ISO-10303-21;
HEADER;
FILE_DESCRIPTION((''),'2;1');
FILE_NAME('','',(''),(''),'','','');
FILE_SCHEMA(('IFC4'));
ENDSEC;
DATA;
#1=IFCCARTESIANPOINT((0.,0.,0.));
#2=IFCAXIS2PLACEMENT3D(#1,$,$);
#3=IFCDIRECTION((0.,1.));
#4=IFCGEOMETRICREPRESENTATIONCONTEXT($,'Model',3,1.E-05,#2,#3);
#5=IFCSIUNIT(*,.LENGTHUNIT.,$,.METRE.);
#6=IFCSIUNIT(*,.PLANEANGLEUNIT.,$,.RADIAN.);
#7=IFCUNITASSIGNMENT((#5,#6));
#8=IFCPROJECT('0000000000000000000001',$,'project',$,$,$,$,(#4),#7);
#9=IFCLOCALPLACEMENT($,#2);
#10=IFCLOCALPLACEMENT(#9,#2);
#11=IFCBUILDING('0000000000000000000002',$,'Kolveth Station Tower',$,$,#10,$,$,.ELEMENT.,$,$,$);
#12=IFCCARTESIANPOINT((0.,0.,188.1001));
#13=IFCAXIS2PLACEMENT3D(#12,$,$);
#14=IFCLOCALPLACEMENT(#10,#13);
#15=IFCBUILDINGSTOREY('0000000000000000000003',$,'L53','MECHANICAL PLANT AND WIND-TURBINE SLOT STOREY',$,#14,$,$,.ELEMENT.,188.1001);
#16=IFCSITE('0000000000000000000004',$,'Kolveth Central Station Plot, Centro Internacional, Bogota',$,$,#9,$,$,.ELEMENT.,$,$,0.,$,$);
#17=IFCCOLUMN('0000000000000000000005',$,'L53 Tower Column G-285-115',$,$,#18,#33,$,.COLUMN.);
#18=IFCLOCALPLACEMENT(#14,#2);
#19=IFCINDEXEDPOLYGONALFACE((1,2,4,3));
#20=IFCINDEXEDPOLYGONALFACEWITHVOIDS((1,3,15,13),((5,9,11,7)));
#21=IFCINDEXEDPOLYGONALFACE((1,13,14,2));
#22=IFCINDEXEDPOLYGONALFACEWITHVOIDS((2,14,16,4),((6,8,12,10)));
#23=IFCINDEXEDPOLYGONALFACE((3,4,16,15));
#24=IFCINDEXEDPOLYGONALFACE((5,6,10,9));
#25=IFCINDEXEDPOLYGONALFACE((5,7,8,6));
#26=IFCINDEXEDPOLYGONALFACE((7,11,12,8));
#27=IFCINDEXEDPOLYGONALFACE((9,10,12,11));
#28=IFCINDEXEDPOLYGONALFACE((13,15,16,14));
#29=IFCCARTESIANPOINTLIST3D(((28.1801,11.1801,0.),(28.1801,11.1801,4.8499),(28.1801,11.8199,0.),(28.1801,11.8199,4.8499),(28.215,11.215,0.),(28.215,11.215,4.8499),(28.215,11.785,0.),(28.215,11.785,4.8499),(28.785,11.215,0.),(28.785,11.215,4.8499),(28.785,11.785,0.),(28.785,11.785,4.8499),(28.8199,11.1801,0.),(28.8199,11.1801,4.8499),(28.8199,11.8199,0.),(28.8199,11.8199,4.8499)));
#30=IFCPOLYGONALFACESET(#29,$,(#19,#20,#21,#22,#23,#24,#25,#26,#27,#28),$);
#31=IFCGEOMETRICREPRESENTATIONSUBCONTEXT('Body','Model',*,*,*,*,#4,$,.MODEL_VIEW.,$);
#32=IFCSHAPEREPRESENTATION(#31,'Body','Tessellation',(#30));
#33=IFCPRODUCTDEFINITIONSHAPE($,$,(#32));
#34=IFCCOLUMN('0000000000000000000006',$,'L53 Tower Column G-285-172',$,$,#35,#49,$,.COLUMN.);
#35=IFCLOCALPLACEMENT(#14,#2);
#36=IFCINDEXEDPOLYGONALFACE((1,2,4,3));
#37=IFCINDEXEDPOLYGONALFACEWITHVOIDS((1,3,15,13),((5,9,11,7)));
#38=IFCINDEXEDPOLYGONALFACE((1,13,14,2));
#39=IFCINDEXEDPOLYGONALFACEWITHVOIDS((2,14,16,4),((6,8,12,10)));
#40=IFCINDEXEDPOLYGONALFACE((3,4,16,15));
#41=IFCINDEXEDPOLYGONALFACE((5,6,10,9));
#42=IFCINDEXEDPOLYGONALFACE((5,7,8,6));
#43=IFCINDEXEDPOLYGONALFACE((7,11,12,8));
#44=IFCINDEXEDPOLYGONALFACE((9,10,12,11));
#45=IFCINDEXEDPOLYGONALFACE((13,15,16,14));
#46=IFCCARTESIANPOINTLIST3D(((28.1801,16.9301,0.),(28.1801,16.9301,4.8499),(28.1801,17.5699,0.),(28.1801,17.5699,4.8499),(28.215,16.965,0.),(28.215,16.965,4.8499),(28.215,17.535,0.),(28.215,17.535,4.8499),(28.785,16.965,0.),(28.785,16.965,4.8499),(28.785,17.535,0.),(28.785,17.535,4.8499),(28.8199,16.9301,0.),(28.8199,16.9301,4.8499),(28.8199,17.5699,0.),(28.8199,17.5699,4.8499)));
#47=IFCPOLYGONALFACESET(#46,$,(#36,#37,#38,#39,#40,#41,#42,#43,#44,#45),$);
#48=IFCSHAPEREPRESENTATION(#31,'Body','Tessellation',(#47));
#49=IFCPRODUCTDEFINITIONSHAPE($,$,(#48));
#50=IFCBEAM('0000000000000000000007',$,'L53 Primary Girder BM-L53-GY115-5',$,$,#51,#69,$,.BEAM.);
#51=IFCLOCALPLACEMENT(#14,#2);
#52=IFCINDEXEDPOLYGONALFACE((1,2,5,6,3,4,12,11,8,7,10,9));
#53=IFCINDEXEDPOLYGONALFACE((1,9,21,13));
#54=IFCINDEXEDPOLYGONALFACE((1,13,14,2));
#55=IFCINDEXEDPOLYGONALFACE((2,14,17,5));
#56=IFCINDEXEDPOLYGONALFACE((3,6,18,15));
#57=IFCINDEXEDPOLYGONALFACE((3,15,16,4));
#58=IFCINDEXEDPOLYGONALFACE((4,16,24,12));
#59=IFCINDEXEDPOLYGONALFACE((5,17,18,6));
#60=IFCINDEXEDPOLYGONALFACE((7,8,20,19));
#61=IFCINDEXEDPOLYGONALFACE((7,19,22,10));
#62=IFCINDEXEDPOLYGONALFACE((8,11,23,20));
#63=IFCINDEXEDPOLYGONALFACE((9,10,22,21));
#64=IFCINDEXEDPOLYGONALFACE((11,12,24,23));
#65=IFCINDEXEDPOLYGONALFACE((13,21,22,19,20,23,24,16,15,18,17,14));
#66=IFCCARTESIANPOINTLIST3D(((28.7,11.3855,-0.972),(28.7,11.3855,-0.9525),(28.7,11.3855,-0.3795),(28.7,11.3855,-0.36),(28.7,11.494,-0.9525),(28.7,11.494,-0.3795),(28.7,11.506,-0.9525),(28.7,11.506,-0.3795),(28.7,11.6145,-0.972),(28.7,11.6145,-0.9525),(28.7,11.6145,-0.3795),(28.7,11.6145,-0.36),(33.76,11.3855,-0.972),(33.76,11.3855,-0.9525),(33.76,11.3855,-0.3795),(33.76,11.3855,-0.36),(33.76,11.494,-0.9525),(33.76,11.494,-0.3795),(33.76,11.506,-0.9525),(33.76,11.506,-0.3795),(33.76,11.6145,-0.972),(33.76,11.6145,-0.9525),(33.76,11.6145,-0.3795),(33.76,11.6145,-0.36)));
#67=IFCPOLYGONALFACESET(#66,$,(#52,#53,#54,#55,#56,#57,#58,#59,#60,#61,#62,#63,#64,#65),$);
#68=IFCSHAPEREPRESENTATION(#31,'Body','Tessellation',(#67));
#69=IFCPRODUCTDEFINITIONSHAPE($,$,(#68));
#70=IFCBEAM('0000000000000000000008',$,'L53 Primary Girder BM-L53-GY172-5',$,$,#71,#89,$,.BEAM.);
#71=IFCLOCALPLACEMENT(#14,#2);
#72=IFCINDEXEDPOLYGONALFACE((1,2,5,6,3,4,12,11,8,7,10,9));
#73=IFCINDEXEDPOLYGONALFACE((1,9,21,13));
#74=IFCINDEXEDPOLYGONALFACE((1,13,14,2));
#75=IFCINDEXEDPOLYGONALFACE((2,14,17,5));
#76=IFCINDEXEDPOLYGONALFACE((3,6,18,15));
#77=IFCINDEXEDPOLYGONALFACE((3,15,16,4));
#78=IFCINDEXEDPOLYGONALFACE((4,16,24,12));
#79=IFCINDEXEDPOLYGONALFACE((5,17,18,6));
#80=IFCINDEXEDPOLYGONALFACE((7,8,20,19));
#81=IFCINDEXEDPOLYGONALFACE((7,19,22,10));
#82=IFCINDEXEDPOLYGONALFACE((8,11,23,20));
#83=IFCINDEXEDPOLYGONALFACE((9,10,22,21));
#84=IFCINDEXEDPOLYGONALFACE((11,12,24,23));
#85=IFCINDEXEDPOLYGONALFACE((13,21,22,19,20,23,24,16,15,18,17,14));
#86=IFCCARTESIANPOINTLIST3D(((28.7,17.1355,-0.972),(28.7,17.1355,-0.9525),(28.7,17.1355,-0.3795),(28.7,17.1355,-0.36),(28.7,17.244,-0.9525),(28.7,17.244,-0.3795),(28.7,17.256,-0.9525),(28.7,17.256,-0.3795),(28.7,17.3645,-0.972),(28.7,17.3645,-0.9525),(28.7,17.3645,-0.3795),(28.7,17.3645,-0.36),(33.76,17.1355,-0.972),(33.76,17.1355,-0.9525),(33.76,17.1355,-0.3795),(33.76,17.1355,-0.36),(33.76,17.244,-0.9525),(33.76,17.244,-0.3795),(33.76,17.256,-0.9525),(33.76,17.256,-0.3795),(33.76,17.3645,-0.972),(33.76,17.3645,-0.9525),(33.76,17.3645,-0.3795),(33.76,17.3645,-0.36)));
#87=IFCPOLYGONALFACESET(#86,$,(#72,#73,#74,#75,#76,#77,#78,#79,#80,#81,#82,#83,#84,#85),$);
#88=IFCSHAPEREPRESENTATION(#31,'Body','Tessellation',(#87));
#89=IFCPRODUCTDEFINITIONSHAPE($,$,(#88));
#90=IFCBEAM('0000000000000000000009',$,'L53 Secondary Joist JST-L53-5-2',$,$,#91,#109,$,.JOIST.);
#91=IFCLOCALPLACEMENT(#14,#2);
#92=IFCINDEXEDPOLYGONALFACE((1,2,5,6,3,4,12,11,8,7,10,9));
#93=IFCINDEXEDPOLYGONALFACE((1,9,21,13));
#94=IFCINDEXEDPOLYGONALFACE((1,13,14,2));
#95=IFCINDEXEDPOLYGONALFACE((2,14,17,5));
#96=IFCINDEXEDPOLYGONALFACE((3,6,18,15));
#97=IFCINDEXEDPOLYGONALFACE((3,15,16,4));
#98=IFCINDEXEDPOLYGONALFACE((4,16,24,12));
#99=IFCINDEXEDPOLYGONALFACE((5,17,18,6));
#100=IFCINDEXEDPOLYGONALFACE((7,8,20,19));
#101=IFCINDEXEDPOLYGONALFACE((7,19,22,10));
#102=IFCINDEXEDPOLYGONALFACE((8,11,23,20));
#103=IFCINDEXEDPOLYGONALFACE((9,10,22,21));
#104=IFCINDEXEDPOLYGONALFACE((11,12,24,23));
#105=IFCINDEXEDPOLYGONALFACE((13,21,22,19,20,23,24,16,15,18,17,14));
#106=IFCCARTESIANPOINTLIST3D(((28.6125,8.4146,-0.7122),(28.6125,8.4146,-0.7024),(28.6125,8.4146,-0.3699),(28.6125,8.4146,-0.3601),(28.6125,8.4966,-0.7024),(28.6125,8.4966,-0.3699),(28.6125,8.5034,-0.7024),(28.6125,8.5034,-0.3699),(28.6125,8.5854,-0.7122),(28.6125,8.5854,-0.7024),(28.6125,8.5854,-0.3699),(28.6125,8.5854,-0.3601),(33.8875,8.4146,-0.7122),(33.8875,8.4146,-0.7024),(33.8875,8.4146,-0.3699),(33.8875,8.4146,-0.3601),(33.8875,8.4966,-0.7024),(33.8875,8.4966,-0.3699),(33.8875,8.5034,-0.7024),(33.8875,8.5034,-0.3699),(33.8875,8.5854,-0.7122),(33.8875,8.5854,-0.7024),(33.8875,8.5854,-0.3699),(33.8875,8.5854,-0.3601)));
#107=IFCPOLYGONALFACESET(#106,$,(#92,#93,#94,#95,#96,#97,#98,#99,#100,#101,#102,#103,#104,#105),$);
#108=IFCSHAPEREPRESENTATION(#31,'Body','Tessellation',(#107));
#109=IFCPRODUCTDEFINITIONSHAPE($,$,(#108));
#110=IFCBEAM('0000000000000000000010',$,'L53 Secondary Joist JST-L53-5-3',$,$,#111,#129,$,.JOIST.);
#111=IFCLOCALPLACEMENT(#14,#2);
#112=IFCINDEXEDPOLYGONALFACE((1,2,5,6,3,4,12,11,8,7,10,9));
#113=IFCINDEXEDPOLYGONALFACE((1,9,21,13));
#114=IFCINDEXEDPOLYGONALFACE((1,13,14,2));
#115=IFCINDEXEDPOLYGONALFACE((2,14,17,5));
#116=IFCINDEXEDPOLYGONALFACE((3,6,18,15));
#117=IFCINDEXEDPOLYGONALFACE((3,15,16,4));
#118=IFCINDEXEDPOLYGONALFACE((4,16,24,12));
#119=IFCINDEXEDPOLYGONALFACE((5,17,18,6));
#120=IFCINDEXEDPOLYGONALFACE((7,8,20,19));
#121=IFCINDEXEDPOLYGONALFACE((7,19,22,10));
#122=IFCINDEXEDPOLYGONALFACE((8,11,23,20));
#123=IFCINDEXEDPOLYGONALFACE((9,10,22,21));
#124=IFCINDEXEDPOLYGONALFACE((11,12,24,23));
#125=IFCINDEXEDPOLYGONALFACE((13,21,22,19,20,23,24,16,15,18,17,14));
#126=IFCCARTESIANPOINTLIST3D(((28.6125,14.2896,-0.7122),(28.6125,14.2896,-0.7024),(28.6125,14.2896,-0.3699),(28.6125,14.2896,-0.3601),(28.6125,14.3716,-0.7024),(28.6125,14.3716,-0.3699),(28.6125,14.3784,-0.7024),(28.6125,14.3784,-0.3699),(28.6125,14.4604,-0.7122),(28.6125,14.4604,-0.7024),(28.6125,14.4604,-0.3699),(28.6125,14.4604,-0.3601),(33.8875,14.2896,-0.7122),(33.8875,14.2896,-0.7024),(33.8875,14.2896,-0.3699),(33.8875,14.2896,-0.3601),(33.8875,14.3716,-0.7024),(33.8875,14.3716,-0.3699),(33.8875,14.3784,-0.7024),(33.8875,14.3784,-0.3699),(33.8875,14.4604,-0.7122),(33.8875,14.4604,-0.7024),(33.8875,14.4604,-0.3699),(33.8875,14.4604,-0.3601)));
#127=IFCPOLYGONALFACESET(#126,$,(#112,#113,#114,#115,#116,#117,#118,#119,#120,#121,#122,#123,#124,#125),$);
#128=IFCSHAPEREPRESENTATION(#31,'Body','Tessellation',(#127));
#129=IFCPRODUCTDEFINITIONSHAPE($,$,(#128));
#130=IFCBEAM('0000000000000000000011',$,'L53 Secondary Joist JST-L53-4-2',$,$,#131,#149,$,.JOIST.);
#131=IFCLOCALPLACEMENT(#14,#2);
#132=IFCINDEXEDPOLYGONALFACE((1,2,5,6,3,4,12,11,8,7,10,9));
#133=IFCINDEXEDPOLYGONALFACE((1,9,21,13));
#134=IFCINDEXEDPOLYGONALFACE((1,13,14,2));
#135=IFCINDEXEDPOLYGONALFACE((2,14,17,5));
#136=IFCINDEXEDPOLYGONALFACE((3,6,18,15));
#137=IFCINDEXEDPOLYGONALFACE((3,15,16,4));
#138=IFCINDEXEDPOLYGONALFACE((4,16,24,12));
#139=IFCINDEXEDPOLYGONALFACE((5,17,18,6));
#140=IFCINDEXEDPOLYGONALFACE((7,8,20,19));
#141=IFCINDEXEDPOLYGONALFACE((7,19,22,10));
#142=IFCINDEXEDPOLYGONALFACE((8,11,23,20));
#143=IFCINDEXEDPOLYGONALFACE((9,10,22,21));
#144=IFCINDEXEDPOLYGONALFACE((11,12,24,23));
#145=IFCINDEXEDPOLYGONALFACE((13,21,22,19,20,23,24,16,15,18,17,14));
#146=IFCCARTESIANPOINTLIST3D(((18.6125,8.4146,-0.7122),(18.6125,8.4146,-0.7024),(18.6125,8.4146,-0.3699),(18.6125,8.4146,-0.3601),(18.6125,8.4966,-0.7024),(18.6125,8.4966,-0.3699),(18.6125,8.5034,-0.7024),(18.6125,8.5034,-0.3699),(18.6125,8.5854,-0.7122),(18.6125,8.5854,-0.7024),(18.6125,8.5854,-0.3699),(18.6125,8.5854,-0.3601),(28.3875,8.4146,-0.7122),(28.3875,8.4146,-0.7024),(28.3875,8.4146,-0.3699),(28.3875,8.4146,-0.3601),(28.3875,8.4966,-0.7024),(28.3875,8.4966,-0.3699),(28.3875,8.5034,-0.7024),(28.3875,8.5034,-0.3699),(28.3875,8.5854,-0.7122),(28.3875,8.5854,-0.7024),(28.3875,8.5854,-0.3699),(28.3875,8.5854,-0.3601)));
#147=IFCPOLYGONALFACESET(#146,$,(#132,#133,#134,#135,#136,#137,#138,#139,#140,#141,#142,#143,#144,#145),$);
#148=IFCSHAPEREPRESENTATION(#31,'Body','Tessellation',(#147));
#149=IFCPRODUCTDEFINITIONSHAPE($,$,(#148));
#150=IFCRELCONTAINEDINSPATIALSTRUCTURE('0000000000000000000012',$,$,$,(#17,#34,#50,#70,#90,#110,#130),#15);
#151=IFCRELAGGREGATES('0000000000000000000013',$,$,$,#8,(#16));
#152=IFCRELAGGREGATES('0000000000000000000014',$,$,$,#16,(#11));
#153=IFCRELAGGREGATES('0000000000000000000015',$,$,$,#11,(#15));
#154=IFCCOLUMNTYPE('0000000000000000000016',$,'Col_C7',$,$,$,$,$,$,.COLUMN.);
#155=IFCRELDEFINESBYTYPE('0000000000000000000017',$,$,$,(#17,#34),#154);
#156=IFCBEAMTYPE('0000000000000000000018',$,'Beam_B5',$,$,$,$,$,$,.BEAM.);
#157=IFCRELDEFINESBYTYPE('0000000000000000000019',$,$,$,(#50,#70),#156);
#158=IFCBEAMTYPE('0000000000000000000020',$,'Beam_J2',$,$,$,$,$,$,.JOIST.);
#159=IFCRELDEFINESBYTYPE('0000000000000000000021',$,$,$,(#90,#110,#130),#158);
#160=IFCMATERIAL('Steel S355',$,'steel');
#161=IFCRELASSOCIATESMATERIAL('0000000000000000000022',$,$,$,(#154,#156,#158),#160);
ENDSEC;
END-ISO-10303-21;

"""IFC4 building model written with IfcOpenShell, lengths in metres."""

from ifc_helpers import new_model, si_unit, direction, frame, origin, origin_2d, place, context, subcontext, project, spatial, hollow_rectangle, i_section, extrude, source, transform, mapped, material, material_profile, profile_set, type_object, element, save


model = new_model("IFC4")

# Units and contexts
model_context = context("Model", 3, precision=1e-05, world=origin(), true_north=direction((0.0, 1.0)))
body_context = subcontext(model_context, "Body", "Model", "MODEL_VIEW")
ifc_project = project(units=[si_unit("LENGTHUNIT", "METRE"), si_unit("PLANEANGLEUNIT", "RADIAN")], contexts=[model_context])

# Site, building, storey
site_placement = place(None, origin())
site = spatial("IfcSite", under=ifc_project, at=site_placement, Name="Kolveth Central Station Plot, Centro Internacional, Bogota", CompositionType="ELEMENT", RefElevation=0.0)
building_placement = place(site_placement, origin())
building = spatial("IfcBuilding", under=site, at=building_placement, Name="Kolveth Station Tower", CompositionType="ELEMENT")
storey_placement = place(building_placement, frame((0.0, 0.0, 188.1001)))
storey = spatial("IfcBuildingStorey", under=building, at=storey_placement, Name="L53", Description="MECHANICAL PLANT AND WIND-TURBINE SLOT STOREY", CompositionType="ELEMENT", Elevation=188.1001)

# Columns
ifc_material_1 = material(Name="Steel S355", Category="steel")
ifc_material_profile_1 = material_profile(ifc_material_1, hollow_rectangle(XDim=0.6399, YDim=0.6399, WallThickness=0.0349, at=origin_2d()), Name="BOX640x640x35")
ifc_profile_set_1 = profile_set([ifc_material_profile_1], Name="Steel S355")
column_type = type_object("IfcColumnType", Name="Col_C7", PredefinedType="COLUMN", material=ifc_profile_set_1)
shared_shape_1 = source(origin(), body_context, "Body", "SweptSolid", [
    extrude(hollow_rectangle(XDim=0.6399, YDim=0.6399, WallThickness=0.0349, at=origin_2d()), origin(), (0.0, 0.0, 1.0), 4.8499),
])
for number, where, z_axis, x_axis, name in (
    (1, (28.5, 11.5, 0.0), (0.0, 0.0, 1.0), (1.0, 0.0, 0.0), "L53 Tower Column G-285-115"),
    (2, (28.5, 17.25, 0.0), (0.0, 0.0, 1.0), (1.0, 0.0, 0.0), "L53 Tower Column G-285-172"),
):
    element("IfcColumn", number, at=place(storey_placement, frame(where, z_axis=z_axis, x_axis=x_axis)), inside=storey, type_object=column_type, Name=name, PredefinedType="COLUMN", context=body_context, shape_type="MappedRepresentation", body=[
        mapped(shared_shape_1, transform((0.0, 0.0, 0.0), x_axis=(1.0, 0.0, 0.0), y_axis=(0.0, 1.0, 0.0), z_axis=(0.0, 0.0, 1.0), scale=1.0)),
    ])

# Beams
ifc_material_profile_2 = material_profile(ifc_material_1, i_section(OverallWidth=0.229, OverallDepth=0.6121, WebThickness=0.012, FlangeThickness=0.0195, at=origin_2d()), Name="W610x125")
ifc_profile_set_2 = profile_set([ifc_material_profile_2], Name="Steel S355")
beam_type_1 = type_object("IfcBeamType", Name="Beam_B5", PredefinedType="BEAM", material=ifc_profile_set_2)
shared_shape_2 = source(origin(), body_context, "Body", "SweptSolid", [
    extrude(i_section(OverallWidth=0.229, OverallDepth=0.6121, WebThickness=0.012, FlangeThickness=0.0195, at=origin_2d()), origin(), (0.0, 0.0, 1.0), 5.0601),
])
for number, where, z_axis, x_axis, name in (
    (3, (28.7, 11.5, -0.666), (1.0, 0.0, 0.0), (0.0, 1.0, 0.0), "L53 Primary Girder BM-L53-GY115-5"),
    (4, (28.7, 17.25, -0.666), (1.0, 0.0, 0.0), (0.0, 1.0, 0.0), "L53 Primary Girder BM-L53-GY172-5"),
):
    element("IfcBeam", number, at=place(storey_placement, frame(where, z_axis=z_axis, x_axis=x_axis)), inside=storey, type_object=beam_type_1, Name=name, PredefinedType="BEAM", context=body_context, shape_type="MappedRepresentation", body=[
        mapped(shared_shape_2, transform((0.0, 0.0, 0.0), x_axis=(1.0, 0.0, 0.0), y_axis=(0.0, 1.0, 0.0), z_axis=(0.0, 0.0, 1.0), scale=1.0)),
    ])
ifc_material_profile_3 = material_profile(ifc_material_1, i_section(OverallWidth=0.1709, OverallDepth=0.3521, WebThickness=0.0068, FlangeThickness=0.0098, at=origin_2d()), Name="W360x44")
ifc_profile_set_3 = profile_set([ifc_material_profile_3], Name="Steel S355")
beam_type_2 = type_object("IfcBeamType", Name="Beam_J2", PredefinedType="JOIST", material=ifc_profile_set_3)
shared_shape_3 = source(origin(), body_context, "Body", "SweptSolid", [
    extrude(i_section(OverallWidth=0.1709, OverallDepth=0.3521, WebThickness=0.0068, FlangeThickness=0.0098, at=origin_2d()), origin(), (0.0, 0.0, 1.0), 5.2749),
])
for number, where, z_axis, x_axis, name in (
    (5, (28.6125, 8.5, -0.5361), (1.0, 0.0, 0.0), (0.0, 1.0, 0.0), "L53 Secondary Joist JST-L53-5-2"),
    (6, (28.6125, 14.375, -0.5361), (1.0, 0.0, 0.0), (0.0, 1.0, 0.0), "L53 Secondary Joist JST-L53-5-3"),
):
    element("IfcBeam", number, at=place(storey_placement, frame(where, z_axis=z_axis, x_axis=x_axis)), inside=storey, type_object=beam_type_2, Name=name, PredefinedType="JOIST", context=body_context, shape_type="MappedRepresentation", body=[
        mapped(shared_shape_3, transform((0.0, 0.0, 0.0), x_axis=(1.0, 0.0, 0.0), y_axis=(0.0, 1.0, 0.0), z_axis=(0.0, 0.0, 1.0), scale=1.0)),
    ])
shared_shape_4 = source(origin(), body_context, "Body", "SweptSolid", [
    extrude(i_section(OverallWidth=0.1709, OverallDepth=0.3521, WebThickness=0.0068, FlangeThickness=0.0098, at=origin_2d()), origin(), (0.0, 0.0, 1.0), 9.7749),
])
beam_placement = place(storey_placement, frame((18.6125, 8.5, -0.5361), z_axis=(1.0, 0.0, 0.0), x_axis=(0.0, 1.0, 0.0)))
element("IfcBeam", 7, at=beam_placement, inside=storey, type_object=beam_type_2, Name="L53 Secondary Joist JST-L53-4-2", PredefinedType="JOIST", context=body_context, shape_type="MappedRepresentation", body=[
    mapped(shared_shape_4, transform((0.0, 0.0, 0.0), x_axis=(1.0, 0.0, 0.0), y_axis=(0.0, 1.0, 0.0), z_axis=(0.0, 0.0, 1.0), scale=1.0)),
])

save(model, "model.ifc")
